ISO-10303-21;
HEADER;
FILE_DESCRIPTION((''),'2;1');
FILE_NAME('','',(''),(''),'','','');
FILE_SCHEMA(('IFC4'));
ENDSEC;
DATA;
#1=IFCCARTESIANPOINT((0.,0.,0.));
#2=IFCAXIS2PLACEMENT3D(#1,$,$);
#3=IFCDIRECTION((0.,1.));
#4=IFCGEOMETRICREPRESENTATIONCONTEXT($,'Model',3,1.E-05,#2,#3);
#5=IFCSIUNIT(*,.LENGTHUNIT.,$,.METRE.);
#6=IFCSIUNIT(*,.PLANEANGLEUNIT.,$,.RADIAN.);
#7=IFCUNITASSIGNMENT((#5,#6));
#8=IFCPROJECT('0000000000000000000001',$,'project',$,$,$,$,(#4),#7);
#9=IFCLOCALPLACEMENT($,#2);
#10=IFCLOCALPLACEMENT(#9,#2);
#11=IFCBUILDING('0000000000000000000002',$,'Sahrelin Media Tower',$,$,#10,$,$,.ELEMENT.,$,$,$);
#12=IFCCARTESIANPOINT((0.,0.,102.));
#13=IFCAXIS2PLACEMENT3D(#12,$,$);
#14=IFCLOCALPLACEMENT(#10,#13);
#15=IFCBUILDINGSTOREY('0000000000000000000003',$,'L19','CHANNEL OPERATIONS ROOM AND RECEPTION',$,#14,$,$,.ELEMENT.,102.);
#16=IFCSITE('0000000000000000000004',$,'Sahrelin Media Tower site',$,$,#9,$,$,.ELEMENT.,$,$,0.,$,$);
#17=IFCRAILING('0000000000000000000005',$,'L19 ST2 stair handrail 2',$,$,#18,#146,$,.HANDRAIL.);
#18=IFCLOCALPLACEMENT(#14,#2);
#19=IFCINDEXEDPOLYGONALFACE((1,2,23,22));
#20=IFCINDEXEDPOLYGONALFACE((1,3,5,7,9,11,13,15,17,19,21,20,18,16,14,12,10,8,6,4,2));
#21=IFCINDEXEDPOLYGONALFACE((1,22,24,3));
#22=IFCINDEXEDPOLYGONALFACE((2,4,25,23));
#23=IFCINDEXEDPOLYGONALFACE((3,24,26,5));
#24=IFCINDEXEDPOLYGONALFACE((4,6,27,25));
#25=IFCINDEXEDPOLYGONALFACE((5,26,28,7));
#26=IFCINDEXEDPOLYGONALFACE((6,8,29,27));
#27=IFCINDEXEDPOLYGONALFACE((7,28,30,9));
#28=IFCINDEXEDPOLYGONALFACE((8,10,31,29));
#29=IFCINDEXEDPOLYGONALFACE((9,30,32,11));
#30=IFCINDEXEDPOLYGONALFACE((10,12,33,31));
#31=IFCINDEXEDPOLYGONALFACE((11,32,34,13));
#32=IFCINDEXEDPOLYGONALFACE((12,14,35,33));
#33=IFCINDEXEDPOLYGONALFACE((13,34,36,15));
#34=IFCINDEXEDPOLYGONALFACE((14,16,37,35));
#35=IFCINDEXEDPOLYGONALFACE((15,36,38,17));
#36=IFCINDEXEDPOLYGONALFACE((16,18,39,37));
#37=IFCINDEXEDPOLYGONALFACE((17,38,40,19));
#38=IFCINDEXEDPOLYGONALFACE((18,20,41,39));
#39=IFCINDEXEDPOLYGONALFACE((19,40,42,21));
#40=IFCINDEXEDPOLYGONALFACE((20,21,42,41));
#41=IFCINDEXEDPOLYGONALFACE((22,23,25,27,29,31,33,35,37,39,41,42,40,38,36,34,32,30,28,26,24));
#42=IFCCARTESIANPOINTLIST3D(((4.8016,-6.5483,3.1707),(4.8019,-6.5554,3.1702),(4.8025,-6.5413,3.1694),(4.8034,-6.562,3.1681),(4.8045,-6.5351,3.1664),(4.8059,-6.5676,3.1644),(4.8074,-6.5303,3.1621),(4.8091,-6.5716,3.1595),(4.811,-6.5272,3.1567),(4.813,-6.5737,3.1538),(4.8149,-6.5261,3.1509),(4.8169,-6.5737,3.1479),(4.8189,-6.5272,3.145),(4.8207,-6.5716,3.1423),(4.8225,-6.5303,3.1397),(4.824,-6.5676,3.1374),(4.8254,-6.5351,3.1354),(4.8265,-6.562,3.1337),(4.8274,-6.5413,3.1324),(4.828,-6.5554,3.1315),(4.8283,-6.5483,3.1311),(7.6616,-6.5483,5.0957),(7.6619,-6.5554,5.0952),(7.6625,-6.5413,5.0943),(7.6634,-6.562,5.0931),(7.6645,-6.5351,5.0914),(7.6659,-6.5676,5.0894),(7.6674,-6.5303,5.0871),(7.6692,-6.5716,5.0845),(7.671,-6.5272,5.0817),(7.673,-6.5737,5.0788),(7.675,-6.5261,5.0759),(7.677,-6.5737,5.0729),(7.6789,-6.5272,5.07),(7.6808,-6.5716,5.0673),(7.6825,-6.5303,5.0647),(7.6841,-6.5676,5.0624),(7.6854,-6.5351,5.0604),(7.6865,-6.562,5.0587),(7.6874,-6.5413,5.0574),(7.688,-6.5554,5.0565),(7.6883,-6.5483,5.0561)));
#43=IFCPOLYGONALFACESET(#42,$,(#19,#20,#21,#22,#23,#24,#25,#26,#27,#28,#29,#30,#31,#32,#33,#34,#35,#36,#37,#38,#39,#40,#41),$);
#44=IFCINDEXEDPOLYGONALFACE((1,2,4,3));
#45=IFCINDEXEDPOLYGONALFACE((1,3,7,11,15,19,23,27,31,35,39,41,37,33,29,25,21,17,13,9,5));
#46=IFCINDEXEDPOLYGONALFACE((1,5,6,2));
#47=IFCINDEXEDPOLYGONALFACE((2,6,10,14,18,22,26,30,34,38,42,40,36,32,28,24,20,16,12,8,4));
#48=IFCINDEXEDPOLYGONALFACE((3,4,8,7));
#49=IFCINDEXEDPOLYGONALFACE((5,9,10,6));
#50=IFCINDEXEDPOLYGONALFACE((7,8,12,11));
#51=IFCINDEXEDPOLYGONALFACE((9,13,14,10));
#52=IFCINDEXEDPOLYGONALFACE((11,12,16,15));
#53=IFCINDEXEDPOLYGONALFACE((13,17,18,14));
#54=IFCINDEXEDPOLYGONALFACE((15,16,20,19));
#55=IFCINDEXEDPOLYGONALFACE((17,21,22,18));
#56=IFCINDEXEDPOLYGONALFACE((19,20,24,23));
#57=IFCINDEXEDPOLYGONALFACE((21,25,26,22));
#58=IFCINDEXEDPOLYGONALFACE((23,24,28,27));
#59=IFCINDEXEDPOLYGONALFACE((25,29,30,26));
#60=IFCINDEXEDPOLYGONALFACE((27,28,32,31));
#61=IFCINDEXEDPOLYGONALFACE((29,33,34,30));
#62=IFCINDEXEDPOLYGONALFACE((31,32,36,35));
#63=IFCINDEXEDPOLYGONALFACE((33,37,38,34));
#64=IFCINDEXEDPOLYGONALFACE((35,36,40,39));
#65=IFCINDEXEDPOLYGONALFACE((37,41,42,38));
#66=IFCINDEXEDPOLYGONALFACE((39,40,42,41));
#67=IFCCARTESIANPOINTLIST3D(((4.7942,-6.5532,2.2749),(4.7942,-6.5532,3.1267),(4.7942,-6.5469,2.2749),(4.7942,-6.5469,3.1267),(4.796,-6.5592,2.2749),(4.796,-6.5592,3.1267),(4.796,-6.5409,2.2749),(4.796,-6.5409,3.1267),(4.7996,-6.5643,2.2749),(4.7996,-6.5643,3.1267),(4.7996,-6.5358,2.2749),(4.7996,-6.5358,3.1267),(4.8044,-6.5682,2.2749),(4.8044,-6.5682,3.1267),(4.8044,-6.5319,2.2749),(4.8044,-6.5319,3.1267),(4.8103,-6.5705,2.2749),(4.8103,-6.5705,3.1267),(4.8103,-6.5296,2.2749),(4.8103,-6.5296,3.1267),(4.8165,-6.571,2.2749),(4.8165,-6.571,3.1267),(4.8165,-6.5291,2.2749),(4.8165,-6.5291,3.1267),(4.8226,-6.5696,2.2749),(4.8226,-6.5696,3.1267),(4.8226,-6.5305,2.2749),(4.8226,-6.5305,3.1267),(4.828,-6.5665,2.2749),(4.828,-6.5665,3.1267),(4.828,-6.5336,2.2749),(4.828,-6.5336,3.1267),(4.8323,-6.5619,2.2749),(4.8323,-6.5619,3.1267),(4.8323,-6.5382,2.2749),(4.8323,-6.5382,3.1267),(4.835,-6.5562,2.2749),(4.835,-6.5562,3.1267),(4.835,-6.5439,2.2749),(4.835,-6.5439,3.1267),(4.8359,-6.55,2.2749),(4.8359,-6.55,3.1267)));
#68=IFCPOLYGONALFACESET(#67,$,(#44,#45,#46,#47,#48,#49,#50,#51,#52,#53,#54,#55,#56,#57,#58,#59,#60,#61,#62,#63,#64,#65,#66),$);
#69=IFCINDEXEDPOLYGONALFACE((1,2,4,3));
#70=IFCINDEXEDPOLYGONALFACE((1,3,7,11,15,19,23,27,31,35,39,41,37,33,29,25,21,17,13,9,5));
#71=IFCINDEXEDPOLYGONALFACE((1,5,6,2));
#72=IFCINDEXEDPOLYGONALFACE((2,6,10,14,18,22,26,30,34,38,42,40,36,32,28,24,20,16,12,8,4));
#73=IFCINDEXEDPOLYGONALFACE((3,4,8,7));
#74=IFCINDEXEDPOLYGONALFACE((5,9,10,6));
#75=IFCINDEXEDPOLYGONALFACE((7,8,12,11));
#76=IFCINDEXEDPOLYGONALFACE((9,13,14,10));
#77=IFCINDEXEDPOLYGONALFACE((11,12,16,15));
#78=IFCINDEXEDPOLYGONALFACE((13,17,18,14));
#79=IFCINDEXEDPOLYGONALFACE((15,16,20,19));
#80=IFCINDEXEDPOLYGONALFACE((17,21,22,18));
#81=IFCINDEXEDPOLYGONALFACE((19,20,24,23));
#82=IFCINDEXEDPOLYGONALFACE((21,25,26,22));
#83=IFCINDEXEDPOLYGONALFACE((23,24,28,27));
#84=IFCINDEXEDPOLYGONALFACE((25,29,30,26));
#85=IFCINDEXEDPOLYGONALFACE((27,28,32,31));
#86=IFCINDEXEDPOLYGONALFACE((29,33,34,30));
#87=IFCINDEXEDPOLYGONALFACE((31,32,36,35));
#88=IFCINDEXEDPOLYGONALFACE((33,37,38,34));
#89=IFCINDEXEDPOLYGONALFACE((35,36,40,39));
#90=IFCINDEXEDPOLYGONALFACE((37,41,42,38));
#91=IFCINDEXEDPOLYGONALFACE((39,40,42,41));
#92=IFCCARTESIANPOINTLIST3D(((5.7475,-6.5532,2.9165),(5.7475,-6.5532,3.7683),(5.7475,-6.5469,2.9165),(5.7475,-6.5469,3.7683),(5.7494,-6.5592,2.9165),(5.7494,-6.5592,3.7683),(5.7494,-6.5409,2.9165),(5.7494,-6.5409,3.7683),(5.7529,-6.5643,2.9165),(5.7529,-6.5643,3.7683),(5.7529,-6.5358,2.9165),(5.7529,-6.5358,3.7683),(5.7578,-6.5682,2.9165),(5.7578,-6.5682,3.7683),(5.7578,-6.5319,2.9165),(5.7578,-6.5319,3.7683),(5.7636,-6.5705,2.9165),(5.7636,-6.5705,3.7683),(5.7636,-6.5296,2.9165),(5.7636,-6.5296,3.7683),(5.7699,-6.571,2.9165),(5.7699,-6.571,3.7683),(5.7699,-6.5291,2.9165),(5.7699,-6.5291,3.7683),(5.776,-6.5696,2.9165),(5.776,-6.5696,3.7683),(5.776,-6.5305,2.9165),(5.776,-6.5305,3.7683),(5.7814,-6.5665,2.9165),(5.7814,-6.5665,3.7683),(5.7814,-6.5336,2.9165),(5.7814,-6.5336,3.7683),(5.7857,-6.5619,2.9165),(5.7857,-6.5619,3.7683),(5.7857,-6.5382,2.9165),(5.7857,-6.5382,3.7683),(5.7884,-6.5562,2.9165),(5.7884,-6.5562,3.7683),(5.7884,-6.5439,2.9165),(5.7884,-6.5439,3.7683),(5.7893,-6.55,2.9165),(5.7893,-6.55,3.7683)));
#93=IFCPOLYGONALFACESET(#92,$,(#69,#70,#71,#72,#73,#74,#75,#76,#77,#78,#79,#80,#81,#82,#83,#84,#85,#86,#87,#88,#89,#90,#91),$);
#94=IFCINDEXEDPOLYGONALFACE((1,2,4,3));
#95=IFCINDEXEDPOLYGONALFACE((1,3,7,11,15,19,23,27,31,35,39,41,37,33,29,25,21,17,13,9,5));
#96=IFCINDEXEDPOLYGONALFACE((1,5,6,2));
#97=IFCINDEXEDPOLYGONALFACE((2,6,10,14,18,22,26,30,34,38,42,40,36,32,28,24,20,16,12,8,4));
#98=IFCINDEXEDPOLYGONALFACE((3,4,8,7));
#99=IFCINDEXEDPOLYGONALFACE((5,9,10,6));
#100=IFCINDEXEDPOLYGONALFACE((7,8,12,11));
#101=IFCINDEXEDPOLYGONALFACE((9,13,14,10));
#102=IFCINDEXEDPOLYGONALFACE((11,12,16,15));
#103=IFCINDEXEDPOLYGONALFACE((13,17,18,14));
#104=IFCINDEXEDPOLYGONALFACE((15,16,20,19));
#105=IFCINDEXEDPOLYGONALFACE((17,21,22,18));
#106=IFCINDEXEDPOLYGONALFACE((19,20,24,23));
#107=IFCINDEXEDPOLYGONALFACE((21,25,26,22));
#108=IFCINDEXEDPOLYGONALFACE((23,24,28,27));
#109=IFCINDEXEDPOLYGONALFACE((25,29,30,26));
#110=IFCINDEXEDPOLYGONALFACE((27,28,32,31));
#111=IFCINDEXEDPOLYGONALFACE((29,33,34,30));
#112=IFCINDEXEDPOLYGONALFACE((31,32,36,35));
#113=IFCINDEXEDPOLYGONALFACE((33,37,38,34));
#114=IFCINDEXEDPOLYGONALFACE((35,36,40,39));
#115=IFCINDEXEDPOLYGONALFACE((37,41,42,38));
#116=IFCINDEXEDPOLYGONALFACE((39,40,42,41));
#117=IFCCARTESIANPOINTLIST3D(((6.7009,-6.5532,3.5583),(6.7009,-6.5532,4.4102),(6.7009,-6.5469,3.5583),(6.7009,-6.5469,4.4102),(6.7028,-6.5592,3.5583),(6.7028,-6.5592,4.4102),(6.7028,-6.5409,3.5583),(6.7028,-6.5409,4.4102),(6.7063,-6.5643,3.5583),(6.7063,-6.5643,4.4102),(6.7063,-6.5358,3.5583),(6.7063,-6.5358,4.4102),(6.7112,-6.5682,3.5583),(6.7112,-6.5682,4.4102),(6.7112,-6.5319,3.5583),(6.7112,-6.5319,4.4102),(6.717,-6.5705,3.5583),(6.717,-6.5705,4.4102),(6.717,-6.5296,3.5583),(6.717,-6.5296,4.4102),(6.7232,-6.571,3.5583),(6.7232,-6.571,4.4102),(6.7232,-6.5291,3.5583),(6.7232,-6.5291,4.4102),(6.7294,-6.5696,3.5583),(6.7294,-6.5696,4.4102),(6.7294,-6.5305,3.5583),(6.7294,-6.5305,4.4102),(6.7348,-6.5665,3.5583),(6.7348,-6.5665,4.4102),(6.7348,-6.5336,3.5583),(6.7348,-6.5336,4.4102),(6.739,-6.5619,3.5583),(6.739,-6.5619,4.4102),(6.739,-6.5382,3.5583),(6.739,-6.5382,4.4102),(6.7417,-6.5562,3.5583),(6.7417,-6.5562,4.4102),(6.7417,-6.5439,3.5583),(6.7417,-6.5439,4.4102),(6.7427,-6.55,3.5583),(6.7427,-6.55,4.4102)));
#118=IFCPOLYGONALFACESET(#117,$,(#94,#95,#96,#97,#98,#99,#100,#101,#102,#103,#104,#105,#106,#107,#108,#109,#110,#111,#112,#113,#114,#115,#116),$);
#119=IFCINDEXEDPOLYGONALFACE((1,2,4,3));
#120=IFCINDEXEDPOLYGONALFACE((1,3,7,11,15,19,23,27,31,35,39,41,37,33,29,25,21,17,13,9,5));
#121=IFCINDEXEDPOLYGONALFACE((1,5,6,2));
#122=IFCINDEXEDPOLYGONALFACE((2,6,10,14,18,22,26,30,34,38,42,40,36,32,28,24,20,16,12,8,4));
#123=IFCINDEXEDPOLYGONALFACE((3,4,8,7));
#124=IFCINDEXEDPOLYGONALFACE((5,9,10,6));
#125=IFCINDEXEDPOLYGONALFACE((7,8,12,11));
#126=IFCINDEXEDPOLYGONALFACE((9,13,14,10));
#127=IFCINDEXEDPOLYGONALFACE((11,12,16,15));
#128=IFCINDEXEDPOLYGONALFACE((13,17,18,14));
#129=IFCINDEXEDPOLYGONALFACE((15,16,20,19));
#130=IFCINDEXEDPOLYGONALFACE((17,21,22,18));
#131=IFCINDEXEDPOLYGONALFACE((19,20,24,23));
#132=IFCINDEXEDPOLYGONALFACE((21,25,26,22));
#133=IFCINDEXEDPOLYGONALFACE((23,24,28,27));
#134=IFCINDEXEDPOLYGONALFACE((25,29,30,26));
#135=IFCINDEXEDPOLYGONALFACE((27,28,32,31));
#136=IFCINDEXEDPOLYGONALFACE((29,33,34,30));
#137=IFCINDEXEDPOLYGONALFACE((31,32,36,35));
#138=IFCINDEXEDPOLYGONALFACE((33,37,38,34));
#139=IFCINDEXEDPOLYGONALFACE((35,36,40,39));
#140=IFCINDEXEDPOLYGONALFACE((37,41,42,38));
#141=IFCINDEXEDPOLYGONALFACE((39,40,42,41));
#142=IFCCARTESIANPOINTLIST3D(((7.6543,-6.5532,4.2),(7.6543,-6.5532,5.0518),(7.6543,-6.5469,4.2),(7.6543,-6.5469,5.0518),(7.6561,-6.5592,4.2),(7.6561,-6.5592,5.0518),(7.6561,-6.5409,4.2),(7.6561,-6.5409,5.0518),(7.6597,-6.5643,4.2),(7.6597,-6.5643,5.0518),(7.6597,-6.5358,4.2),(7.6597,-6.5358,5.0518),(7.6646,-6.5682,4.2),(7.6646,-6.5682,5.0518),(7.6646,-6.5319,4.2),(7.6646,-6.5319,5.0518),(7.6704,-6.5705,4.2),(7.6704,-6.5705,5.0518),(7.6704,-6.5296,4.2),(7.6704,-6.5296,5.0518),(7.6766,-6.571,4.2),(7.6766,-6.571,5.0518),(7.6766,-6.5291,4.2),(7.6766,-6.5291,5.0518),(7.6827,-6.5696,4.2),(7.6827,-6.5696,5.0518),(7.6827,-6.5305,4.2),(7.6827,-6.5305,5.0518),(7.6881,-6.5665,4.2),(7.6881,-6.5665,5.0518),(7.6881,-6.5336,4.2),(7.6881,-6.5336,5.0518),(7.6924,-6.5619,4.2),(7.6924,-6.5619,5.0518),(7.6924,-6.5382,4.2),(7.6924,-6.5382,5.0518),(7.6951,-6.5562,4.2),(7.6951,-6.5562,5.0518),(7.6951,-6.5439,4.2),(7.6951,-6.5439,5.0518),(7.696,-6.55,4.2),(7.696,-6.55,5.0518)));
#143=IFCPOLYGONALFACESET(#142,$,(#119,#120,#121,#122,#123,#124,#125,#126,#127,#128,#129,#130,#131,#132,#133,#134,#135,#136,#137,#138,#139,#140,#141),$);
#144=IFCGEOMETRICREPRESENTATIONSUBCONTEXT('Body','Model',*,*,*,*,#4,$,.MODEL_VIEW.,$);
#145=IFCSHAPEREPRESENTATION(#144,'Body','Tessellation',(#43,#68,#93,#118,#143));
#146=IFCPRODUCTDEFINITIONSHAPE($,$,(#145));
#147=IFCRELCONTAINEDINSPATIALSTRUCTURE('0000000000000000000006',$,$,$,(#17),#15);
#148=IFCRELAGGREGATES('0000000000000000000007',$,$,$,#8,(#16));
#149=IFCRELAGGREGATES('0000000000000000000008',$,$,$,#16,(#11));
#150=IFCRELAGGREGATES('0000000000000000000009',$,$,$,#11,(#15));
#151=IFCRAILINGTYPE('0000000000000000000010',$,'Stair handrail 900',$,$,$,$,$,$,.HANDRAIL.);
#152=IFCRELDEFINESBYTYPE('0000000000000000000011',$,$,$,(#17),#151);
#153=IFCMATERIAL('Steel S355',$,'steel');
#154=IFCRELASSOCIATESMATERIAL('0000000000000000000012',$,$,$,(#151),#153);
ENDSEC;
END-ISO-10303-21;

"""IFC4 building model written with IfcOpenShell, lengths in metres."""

from ifc_helpers import new_model, si_unit, direction, frame, origin, origin_2d, place, context, subcontext, project, spatial, circle, extrude, material, type_object, element, save


model = new_model("IFC4")

# Units and contexts
model_context = context("Model", 3, precision=1e-05, world=origin(), true_north=direction((0.0, 1.0)))
body_context = subcontext(model_context, "Body", "Model", "MODEL_VIEW")
ifc_project = project(units=[si_unit("LENGTHUNIT", "METRE"), si_unit("PLANEANGLEUNIT", "RADIAN")], contexts=[model_context])

# Site, building, storey
site_placement = place(None, origin())
site = spatial("IfcSite", under=ifc_project, at=site_placement, Name="Sahrelin Media Tower site", CompositionType="ELEMENT", RefElevation=0.0)
building_placement = place(site_placement, origin())
building = spatial("IfcBuilding", under=site, at=building_placement, Name="Sahrelin Media Tower", CompositionType="ELEMENT")
storey_placement = place(building_placement, frame((0.0, 0.0, 102.0)))
storey = spatial("IfcBuildingStorey", under=building, at=storey_placement, Name="L19", Description="CHANNEL OPERATIONS ROOM AND RECEPTION", CompositionType="ELEMENT", Elevation=102.0)

# Shared definitions
ifc_material_1 = material(Name="Steel S355", Category="steel")

# Railing
railing_type_1 = type_object("IfcRailingType", Name="Stair handrail 900", PredefinedType="HANDRAIL", material=ifc_material_1)
railing_1_placement = place(storey_placement, frame((4.8149, -6.55, 2.2749)))
element("IfcRailing", 1, at=railing_1_placement, inside=storey, type_object=railing_type_1, Name="L19 ST2 stair handrail 2", PredefinedType="HANDRAIL", context=body_context, shape_type="SweptSolid", body=[
    extrude(circle(Radius=0.0239, at=origin_2d()), frame((0.0, 0.0, 0.876), z_axis=(0.829591, 0.0, 0.558372), x_axis=(0.0, 1.0, 0.0)), (0.0, 0.0, 1.0), 3.4475),
    extrude(circle(Radius=0.021, at=origin_2d()), origin(), (0.0, 0.0, 1.0), 0.8518),
    extrude(circle(Radius=0.021, at=origin_2d()), frame((0.9534, 0.0, 0.6416)), (0.0, 0.0, 1.0), 0.8518),
    extrude(circle(Radius=0.021, at=origin_2d()), frame((1.9067, 0.0, 1.2834)), (0.0, 0.0, 1.0), 0.8518),
    extrude(circle(Radius=0.021, at=origin_2d()), frame((2.8601, 0.0, 1.925)), (0.0, 0.0, 1.0), 0.8518),
])

save(model, "model.ifc")
